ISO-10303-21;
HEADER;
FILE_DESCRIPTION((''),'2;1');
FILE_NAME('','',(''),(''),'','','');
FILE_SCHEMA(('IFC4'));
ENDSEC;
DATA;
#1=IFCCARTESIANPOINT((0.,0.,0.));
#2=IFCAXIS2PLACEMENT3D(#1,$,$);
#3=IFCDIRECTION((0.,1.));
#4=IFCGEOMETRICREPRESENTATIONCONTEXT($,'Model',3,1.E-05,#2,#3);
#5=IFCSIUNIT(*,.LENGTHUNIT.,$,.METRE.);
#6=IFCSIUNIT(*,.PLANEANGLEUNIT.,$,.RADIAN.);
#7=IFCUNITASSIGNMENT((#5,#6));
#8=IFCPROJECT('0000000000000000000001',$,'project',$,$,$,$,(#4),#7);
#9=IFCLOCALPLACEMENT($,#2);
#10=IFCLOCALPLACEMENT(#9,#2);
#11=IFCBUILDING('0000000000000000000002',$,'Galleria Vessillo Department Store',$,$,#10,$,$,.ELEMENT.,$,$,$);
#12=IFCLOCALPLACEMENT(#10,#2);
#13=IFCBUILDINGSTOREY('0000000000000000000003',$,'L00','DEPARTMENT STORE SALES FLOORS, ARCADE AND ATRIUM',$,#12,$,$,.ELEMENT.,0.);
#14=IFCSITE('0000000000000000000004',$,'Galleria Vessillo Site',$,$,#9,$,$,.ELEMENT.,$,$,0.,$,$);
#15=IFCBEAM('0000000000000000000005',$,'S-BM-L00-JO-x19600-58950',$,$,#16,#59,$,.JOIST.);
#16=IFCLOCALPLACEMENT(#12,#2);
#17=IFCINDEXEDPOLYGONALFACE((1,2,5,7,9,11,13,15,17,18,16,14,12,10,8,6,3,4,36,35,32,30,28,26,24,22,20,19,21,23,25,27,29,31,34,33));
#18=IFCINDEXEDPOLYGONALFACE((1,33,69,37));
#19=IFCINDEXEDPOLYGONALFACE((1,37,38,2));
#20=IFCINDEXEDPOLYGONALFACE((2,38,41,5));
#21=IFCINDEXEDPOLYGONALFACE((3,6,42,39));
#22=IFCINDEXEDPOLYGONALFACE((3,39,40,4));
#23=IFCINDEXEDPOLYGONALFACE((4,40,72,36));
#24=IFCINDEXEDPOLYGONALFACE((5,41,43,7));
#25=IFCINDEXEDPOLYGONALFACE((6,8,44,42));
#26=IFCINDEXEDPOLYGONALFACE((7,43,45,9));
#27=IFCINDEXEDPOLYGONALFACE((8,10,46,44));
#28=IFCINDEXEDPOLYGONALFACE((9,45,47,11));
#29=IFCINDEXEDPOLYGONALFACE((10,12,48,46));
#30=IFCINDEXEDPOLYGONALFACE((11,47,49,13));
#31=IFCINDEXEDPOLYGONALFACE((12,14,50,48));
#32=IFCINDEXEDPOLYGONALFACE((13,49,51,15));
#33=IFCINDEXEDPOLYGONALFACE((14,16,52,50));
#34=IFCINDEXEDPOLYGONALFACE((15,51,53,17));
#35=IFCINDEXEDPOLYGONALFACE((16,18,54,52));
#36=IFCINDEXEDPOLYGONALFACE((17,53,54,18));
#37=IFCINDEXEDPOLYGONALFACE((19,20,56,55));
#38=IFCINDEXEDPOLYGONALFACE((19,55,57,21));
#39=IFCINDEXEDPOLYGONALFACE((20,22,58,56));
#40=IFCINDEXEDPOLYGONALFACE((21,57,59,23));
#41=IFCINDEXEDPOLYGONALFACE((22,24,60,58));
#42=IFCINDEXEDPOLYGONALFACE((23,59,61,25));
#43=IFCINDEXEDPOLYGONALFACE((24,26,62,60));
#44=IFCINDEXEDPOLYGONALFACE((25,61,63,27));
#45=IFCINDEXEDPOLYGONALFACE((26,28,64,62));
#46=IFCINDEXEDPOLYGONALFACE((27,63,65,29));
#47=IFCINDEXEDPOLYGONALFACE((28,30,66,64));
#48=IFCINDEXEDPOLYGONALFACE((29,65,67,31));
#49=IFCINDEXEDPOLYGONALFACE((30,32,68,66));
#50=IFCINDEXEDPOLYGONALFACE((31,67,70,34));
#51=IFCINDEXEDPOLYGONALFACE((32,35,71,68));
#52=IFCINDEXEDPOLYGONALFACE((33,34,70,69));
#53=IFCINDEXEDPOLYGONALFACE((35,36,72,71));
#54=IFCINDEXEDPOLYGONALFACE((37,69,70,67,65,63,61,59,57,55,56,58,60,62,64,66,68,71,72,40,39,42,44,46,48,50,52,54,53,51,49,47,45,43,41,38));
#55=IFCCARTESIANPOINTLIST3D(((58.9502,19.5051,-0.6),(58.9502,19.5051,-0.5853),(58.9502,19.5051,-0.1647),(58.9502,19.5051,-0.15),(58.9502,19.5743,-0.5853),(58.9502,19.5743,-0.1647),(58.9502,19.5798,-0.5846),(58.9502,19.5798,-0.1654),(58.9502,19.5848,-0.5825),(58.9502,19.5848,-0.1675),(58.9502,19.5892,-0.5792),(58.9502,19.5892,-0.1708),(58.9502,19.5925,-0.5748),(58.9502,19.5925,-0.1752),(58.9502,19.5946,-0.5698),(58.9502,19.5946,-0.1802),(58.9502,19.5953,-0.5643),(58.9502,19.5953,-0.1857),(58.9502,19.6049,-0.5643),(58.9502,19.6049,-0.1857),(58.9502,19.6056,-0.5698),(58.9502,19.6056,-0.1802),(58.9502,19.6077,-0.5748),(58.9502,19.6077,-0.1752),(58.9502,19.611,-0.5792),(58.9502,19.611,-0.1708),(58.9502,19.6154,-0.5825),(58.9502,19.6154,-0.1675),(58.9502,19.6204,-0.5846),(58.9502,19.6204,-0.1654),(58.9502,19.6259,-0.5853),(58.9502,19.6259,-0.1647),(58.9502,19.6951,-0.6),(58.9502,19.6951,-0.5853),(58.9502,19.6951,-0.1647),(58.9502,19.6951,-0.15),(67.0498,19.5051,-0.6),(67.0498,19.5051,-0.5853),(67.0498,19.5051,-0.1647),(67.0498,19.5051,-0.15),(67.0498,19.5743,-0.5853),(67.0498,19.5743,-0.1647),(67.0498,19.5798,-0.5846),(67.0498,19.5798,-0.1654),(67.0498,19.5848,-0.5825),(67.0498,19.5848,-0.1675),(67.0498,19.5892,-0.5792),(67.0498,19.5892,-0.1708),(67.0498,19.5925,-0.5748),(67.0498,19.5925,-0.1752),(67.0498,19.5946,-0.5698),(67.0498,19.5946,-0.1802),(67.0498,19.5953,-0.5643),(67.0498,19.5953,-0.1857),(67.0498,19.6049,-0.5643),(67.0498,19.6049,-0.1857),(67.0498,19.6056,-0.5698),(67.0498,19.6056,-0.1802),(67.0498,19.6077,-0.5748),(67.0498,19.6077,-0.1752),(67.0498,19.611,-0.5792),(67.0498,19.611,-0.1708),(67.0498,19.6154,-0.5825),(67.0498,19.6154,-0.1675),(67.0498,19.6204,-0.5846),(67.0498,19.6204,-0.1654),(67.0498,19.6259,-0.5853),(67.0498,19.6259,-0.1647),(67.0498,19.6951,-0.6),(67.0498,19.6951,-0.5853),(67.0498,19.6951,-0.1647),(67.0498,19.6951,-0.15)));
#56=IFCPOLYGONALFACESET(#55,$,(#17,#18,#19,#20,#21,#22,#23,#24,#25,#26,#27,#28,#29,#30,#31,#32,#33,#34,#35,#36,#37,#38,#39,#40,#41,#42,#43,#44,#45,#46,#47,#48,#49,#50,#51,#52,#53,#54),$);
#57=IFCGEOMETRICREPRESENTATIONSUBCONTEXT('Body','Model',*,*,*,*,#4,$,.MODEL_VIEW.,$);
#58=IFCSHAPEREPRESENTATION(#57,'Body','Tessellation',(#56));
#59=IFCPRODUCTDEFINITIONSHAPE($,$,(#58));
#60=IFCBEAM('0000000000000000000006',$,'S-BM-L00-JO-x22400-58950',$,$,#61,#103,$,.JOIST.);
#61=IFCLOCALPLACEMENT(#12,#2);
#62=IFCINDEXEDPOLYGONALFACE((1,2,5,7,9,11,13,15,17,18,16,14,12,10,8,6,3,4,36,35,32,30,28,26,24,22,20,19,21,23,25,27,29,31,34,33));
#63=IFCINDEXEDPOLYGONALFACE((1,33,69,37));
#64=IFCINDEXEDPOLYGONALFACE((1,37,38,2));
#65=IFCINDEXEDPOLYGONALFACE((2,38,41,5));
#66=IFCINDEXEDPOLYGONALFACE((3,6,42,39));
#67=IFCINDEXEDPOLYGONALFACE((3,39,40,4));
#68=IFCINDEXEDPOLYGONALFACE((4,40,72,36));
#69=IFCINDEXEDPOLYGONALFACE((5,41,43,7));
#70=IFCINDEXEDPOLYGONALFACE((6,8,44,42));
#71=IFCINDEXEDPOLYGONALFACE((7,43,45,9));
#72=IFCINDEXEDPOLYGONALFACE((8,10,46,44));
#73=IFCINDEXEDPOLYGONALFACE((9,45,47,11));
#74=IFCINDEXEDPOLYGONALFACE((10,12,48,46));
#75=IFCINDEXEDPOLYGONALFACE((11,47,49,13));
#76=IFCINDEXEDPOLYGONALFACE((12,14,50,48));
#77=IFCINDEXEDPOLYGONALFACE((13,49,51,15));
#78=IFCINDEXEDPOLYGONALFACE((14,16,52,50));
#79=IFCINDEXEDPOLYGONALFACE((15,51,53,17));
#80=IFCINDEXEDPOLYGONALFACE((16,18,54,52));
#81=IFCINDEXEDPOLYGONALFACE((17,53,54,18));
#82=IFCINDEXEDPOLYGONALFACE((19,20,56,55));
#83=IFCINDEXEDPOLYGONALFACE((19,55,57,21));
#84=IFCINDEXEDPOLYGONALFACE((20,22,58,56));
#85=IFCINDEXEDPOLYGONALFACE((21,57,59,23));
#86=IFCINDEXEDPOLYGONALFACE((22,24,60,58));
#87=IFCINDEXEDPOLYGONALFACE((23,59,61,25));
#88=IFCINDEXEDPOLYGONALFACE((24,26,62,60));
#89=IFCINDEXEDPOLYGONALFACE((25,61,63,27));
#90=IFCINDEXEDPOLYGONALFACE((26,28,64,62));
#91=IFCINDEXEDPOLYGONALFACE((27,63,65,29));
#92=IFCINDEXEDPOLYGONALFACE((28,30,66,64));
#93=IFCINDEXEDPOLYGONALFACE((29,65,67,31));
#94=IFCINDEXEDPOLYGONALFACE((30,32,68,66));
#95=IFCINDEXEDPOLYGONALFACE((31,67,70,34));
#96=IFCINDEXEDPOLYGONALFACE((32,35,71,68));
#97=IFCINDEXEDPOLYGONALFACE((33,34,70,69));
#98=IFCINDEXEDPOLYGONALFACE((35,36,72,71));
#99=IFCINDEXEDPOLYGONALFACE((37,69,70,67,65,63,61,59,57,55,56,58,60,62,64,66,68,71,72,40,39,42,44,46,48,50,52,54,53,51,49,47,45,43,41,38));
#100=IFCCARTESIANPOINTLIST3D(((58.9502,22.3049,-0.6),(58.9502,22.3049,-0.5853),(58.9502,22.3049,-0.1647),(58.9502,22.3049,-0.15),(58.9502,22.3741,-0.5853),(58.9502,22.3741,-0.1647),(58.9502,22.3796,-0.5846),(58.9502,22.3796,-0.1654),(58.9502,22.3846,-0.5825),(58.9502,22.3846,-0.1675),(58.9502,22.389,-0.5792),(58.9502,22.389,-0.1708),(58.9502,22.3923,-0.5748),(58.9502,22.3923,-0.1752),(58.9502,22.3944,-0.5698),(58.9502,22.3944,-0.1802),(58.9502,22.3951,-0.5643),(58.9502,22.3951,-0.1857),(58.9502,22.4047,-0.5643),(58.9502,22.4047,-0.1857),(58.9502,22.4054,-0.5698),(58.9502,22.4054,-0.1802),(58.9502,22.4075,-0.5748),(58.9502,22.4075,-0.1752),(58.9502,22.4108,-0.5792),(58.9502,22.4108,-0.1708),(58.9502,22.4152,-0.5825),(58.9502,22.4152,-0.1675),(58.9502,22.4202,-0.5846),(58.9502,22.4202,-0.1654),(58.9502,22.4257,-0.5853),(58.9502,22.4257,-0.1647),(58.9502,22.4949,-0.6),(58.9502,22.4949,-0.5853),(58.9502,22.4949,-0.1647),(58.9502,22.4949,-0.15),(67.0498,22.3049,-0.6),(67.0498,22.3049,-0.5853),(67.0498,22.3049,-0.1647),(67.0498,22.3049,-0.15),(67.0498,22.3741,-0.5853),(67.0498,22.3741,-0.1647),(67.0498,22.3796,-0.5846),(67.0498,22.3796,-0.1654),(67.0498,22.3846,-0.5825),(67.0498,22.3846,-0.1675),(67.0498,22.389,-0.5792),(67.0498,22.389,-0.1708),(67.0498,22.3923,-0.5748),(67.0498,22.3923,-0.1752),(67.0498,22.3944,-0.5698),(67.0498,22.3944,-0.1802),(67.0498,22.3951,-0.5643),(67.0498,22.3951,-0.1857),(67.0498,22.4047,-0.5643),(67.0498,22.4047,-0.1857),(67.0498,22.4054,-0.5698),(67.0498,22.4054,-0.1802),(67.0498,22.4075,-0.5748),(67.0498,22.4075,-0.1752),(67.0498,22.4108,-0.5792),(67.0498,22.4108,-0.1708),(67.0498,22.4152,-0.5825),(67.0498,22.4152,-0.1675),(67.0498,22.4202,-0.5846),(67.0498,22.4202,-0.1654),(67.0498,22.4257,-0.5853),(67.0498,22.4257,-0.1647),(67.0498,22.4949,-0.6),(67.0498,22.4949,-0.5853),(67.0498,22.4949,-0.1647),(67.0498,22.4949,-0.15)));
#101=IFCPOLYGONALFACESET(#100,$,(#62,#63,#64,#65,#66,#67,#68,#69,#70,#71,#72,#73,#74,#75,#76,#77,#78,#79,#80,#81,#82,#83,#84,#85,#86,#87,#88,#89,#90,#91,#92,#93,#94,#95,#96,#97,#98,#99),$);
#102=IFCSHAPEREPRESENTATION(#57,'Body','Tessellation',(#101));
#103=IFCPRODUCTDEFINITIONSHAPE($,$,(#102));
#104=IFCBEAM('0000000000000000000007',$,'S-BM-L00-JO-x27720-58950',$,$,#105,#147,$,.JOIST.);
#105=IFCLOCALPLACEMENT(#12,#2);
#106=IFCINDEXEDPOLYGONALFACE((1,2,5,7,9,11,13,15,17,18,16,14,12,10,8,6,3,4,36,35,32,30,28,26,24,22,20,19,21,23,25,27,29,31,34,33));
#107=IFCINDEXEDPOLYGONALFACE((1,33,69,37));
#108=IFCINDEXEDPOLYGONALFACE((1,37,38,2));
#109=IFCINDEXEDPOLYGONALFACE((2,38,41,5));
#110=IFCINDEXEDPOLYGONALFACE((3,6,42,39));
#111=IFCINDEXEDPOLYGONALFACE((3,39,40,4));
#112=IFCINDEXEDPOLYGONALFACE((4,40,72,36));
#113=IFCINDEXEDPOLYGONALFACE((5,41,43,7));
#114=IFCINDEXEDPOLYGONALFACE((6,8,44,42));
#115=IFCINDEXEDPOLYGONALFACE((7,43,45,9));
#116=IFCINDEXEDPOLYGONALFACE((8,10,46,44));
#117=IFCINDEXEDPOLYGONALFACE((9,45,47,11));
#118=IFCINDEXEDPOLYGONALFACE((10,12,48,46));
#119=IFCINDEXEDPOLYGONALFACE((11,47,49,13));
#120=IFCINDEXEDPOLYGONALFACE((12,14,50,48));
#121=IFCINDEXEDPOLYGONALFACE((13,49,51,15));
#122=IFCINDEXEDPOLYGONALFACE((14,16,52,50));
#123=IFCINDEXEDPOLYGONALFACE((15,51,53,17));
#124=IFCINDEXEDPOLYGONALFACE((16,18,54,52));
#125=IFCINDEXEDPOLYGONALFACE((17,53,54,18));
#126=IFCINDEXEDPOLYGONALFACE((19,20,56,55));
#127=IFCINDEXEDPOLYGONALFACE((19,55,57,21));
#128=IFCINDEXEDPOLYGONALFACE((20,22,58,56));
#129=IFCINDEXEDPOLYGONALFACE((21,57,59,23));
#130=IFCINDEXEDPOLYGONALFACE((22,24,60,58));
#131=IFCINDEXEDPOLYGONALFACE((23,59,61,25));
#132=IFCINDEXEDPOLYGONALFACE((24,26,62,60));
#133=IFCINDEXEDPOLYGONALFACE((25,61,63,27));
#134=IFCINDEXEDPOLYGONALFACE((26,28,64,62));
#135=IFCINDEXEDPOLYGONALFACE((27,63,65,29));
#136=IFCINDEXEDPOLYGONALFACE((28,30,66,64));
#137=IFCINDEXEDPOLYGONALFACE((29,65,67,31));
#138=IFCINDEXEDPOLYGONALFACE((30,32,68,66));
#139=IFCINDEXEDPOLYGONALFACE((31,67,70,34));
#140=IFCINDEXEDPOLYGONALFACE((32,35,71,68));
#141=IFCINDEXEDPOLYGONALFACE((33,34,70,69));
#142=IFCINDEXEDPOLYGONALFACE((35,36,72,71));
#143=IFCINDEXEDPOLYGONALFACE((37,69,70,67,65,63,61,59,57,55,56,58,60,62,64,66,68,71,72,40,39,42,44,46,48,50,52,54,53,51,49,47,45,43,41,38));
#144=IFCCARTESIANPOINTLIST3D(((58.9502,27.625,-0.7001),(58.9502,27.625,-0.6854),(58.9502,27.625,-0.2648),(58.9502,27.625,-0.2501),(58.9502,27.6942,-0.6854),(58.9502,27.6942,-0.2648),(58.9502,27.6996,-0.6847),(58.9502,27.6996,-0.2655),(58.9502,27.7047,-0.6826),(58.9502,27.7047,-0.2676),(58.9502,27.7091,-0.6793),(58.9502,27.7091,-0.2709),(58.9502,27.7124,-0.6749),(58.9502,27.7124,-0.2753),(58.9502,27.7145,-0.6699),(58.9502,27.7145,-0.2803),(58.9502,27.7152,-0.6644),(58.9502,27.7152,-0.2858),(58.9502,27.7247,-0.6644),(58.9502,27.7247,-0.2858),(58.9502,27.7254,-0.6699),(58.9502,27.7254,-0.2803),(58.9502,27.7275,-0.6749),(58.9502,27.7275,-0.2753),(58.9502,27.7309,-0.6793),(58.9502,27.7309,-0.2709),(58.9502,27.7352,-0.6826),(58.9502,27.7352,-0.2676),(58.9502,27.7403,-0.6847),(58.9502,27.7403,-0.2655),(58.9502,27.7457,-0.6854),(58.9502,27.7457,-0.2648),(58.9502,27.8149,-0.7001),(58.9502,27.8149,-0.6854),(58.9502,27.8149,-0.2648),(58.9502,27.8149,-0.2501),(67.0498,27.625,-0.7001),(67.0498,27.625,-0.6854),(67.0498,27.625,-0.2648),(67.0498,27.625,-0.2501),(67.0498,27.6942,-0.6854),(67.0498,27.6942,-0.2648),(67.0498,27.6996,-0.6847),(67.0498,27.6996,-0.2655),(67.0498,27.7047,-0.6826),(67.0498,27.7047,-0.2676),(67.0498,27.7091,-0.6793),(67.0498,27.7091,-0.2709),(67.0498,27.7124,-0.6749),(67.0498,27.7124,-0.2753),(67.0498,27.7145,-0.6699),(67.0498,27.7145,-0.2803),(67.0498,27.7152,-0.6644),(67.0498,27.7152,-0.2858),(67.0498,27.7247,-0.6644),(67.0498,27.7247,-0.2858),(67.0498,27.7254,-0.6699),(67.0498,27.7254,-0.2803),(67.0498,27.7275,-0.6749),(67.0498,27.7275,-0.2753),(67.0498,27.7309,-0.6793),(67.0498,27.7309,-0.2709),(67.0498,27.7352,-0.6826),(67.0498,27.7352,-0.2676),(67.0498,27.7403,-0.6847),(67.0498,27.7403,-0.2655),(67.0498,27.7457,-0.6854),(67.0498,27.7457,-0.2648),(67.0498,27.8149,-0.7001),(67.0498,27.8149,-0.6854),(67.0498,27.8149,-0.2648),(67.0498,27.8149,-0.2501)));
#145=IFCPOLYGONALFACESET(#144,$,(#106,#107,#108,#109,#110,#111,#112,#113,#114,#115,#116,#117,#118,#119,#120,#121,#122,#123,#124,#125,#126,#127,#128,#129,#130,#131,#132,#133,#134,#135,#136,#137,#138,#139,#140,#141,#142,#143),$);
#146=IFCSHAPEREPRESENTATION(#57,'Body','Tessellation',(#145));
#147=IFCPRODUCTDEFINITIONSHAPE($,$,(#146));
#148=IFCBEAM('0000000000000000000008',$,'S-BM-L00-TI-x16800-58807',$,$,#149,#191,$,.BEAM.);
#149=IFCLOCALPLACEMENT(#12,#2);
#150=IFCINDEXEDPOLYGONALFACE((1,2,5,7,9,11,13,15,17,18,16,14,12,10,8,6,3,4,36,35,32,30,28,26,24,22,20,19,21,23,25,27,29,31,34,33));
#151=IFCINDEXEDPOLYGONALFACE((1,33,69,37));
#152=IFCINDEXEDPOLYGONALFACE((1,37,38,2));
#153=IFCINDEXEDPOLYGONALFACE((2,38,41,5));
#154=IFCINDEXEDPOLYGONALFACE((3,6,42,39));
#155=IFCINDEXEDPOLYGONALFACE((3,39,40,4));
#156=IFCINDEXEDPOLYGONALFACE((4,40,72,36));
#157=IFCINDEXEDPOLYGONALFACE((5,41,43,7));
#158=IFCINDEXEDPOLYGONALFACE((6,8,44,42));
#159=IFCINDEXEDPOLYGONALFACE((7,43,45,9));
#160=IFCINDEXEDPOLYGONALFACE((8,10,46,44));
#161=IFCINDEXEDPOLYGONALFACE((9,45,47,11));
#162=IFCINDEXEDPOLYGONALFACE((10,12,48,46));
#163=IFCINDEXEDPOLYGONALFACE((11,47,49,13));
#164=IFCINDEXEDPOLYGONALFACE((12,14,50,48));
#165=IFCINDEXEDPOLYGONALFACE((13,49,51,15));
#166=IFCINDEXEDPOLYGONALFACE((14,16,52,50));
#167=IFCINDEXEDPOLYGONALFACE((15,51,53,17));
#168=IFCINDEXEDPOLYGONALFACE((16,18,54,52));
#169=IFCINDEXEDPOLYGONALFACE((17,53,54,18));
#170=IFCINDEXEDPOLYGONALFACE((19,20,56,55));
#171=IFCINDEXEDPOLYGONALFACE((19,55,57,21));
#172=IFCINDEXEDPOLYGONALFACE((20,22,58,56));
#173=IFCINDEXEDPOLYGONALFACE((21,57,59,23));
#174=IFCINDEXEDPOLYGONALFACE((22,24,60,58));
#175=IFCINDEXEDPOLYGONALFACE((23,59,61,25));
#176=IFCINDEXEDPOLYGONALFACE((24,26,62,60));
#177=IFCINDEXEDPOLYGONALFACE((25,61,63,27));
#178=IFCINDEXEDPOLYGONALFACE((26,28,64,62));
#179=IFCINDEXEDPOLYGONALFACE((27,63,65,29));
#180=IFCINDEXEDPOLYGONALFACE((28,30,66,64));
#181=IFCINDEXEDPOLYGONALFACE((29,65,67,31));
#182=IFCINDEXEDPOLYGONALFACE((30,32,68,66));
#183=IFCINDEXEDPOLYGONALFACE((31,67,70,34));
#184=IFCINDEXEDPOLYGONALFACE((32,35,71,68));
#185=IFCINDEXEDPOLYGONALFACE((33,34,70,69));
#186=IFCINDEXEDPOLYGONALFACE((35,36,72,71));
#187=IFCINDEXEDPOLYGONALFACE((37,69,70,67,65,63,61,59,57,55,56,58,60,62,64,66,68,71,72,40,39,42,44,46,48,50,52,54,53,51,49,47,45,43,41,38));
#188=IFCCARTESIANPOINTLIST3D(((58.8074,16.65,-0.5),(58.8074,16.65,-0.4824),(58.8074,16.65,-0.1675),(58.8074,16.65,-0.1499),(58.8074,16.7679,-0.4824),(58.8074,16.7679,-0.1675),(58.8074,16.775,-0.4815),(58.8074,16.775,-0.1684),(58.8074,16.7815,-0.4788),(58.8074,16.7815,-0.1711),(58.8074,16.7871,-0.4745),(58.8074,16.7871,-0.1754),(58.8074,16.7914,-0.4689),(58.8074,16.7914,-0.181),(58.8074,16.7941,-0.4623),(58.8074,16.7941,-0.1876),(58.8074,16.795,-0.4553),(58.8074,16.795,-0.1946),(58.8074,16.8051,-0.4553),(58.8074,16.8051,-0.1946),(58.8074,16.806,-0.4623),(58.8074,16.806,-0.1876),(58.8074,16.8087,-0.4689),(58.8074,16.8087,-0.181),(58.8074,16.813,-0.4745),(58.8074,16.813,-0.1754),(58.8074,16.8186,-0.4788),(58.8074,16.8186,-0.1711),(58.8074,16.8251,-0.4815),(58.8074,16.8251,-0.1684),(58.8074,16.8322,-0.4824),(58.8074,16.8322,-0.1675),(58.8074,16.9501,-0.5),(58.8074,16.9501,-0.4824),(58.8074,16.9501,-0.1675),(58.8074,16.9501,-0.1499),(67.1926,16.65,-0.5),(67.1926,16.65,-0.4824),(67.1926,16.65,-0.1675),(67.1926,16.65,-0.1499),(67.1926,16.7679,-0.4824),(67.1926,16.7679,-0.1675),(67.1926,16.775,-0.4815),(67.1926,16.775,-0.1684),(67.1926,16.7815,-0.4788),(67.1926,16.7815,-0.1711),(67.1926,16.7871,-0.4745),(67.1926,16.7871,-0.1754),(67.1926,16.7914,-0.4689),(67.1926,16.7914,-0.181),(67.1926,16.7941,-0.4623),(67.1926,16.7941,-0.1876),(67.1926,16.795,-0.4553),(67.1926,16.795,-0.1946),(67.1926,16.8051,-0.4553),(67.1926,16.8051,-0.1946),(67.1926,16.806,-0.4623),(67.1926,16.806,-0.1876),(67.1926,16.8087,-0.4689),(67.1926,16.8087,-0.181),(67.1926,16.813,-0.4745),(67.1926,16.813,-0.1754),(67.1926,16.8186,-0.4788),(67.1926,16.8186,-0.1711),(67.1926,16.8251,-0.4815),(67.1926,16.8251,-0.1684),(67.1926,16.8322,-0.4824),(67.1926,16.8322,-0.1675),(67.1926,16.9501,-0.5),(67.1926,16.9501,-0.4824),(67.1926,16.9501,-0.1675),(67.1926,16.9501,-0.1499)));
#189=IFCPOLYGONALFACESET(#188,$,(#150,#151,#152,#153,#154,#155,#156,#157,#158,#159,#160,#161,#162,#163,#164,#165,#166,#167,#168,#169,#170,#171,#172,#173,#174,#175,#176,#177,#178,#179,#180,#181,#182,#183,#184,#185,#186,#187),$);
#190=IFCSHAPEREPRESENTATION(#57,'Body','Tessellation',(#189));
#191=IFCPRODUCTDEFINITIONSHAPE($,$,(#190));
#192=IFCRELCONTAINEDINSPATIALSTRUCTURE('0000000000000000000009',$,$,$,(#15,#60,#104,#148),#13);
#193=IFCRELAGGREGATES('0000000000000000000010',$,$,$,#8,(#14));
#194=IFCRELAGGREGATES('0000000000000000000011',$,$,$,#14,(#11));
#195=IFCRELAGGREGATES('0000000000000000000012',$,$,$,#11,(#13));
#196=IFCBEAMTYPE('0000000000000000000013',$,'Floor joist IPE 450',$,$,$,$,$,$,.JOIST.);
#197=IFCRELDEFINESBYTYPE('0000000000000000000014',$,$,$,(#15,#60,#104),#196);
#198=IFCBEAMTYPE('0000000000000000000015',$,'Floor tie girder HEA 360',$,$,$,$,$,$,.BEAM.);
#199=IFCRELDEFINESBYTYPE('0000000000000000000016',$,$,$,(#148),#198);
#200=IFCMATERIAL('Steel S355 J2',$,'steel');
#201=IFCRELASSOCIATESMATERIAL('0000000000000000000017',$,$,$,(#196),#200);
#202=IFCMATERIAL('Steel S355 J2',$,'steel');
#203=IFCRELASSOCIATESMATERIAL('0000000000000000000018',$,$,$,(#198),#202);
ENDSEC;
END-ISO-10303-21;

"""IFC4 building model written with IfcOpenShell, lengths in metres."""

from ifc_helpers import new_model, si_unit, direction, frame, origin, origin_2d, place, context, subcontext, project, spatial, i_section, extrude, material, material_profile, profile_set, type_object, element, save


model = new_model("IFC4")

# Units and contexts
model_context = context("Model", 3, precision=1e-05, world=origin(), true_north=direction((0.0, 1.0)))
body_context = subcontext(model_context, "Body", "Model", "MODEL_VIEW")
ifc_project = project(units=[si_unit("LENGTHUNIT", "METRE"), si_unit("PLANEANGLEUNIT", "RADIAN")], contexts=[model_context])

# Site, building, storey
site_placement = place(None, origin())
site = spatial("IfcSite", under=ifc_project, at=site_placement, Name="Galleria Vessillo Site", CompositionType="ELEMENT", RefElevation=0.0)
building_placement = place(site_placement, origin())
building = spatial("IfcBuilding", under=site, at=building_placement, Name="Galleria Vessillo Department Store", CompositionType="ELEMENT")
storey_placement = place(building_placement, origin())
storey = spatial("IfcBuildingStorey", under=building, at=storey_placement, Name="L00", Description="DEPARTMENT STORE SALES FLOORS, ARCADE AND ATRIUM", CompositionType="ELEMENT", Elevation=0.0)

# Beams
ifc_material_1 = material(Name="Steel S355 J2", Category="steel")
ifc_material_profile_1 = material_profile(ifc_material_1, i_section(OverallWidth=0.1899, OverallDepth=0.45, WebThickness=0.0095, FlangeThickness=0.0146, FilletRadius=0.021, at=origin_2d()), Name="IPE 450")
ifc_profile_set_1 = profile_set([ifc_material_profile_1], Name="Steel S355 J2")
beam_type_1 = type_object("IfcBeamType", Name="Floor joist IPE 450", PredefinedType="JOIST", material=ifc_profile_set_1)
for number, where, z_axis, x_axis, name in (
    (1, (58.9502, 19.6001, -0.375), (1.0, 0.0, 0.0), (0.0, 1.0, 0.0), "S-BM-L00-JO-x19600-58950"),
    (2, (58.9502, 22.3999, -0.375), (1.0, 0.0, 0.0), (0.0, 1.0, 0.0), "S-BM-L00-JO-x22400-58950"),
    (3, (58.9502, 27.72, -0.4751), (1.0, 0.0, 0.0), (0.0, 1.0, 0.0), "S-BM-L00-JO-x27720-58950"),
):
    element("IfcBeam", number, at=place(storey_placement, frame(where, z_axis=z_axis, x_axis=x_axis)), inside=storey, type_object=beam_type_1, Name=name, PredefinedType="JOIST", context=body_context, shape_type="SweptSolid", body=[
        extrude(i_section(OverallWidth=0.1899, OverallDepth=0.45, WebThickness=0.0095, FlangeThickness=0.0146, FilletRadius=0.021, at=origin_2d()), origin(), (0.0, 0.0, 1.0), 8.0996),
    ])
ifc_material_2 = material(Name="Steel S355 J2", Category="steel")
ifc_material_profile_2 = material_profile(ifc_material_2, i_section(OverallWidth=0.3, OverallDepth=0.3501, WebThickness=0.01, FlangeThickness=0.0176, FilletRadius=0.0271, at=origin_2d()), Name="HEA 360")
ifc_profile_set_2 = profile_set([ifc_material_profile_2], Name="Steel S355 J2")
beam_type_2 = type_object("IfcBeamType", Name="Floor tie girder HEA 360", PredefinedType="BEAM", material=ifc_profile_set_2)
for number, where, z_axis, x_axis, name in (
    (4, (58.8074, 16.8, -0.325), (1.0, 0.0, 0.0), (0.0, 1.0, 0.0), "S-BM-L00-TI-x16800-58807"),
):
    element("IfcBeam", number, at=place(storey_placement, frame(where, z_axis=z_axis, x_axis=x_axis)), inside=storey, type_object=beam_type_2, Name=name, PredefinedType="BEAM", context=body_context, shape_type="SweptSolid", body=[
        extrude(i_section(OverallWidth=0.3, OverallDepth=0.3501, WebThickness=0.01, FlangeThickness=0.0176, FilletRadius=0.0271, at=origin_2d()), origin(), (0.0, 0.0, 1.0), 8.3853),
    ])

save(model, "model.ifc")
